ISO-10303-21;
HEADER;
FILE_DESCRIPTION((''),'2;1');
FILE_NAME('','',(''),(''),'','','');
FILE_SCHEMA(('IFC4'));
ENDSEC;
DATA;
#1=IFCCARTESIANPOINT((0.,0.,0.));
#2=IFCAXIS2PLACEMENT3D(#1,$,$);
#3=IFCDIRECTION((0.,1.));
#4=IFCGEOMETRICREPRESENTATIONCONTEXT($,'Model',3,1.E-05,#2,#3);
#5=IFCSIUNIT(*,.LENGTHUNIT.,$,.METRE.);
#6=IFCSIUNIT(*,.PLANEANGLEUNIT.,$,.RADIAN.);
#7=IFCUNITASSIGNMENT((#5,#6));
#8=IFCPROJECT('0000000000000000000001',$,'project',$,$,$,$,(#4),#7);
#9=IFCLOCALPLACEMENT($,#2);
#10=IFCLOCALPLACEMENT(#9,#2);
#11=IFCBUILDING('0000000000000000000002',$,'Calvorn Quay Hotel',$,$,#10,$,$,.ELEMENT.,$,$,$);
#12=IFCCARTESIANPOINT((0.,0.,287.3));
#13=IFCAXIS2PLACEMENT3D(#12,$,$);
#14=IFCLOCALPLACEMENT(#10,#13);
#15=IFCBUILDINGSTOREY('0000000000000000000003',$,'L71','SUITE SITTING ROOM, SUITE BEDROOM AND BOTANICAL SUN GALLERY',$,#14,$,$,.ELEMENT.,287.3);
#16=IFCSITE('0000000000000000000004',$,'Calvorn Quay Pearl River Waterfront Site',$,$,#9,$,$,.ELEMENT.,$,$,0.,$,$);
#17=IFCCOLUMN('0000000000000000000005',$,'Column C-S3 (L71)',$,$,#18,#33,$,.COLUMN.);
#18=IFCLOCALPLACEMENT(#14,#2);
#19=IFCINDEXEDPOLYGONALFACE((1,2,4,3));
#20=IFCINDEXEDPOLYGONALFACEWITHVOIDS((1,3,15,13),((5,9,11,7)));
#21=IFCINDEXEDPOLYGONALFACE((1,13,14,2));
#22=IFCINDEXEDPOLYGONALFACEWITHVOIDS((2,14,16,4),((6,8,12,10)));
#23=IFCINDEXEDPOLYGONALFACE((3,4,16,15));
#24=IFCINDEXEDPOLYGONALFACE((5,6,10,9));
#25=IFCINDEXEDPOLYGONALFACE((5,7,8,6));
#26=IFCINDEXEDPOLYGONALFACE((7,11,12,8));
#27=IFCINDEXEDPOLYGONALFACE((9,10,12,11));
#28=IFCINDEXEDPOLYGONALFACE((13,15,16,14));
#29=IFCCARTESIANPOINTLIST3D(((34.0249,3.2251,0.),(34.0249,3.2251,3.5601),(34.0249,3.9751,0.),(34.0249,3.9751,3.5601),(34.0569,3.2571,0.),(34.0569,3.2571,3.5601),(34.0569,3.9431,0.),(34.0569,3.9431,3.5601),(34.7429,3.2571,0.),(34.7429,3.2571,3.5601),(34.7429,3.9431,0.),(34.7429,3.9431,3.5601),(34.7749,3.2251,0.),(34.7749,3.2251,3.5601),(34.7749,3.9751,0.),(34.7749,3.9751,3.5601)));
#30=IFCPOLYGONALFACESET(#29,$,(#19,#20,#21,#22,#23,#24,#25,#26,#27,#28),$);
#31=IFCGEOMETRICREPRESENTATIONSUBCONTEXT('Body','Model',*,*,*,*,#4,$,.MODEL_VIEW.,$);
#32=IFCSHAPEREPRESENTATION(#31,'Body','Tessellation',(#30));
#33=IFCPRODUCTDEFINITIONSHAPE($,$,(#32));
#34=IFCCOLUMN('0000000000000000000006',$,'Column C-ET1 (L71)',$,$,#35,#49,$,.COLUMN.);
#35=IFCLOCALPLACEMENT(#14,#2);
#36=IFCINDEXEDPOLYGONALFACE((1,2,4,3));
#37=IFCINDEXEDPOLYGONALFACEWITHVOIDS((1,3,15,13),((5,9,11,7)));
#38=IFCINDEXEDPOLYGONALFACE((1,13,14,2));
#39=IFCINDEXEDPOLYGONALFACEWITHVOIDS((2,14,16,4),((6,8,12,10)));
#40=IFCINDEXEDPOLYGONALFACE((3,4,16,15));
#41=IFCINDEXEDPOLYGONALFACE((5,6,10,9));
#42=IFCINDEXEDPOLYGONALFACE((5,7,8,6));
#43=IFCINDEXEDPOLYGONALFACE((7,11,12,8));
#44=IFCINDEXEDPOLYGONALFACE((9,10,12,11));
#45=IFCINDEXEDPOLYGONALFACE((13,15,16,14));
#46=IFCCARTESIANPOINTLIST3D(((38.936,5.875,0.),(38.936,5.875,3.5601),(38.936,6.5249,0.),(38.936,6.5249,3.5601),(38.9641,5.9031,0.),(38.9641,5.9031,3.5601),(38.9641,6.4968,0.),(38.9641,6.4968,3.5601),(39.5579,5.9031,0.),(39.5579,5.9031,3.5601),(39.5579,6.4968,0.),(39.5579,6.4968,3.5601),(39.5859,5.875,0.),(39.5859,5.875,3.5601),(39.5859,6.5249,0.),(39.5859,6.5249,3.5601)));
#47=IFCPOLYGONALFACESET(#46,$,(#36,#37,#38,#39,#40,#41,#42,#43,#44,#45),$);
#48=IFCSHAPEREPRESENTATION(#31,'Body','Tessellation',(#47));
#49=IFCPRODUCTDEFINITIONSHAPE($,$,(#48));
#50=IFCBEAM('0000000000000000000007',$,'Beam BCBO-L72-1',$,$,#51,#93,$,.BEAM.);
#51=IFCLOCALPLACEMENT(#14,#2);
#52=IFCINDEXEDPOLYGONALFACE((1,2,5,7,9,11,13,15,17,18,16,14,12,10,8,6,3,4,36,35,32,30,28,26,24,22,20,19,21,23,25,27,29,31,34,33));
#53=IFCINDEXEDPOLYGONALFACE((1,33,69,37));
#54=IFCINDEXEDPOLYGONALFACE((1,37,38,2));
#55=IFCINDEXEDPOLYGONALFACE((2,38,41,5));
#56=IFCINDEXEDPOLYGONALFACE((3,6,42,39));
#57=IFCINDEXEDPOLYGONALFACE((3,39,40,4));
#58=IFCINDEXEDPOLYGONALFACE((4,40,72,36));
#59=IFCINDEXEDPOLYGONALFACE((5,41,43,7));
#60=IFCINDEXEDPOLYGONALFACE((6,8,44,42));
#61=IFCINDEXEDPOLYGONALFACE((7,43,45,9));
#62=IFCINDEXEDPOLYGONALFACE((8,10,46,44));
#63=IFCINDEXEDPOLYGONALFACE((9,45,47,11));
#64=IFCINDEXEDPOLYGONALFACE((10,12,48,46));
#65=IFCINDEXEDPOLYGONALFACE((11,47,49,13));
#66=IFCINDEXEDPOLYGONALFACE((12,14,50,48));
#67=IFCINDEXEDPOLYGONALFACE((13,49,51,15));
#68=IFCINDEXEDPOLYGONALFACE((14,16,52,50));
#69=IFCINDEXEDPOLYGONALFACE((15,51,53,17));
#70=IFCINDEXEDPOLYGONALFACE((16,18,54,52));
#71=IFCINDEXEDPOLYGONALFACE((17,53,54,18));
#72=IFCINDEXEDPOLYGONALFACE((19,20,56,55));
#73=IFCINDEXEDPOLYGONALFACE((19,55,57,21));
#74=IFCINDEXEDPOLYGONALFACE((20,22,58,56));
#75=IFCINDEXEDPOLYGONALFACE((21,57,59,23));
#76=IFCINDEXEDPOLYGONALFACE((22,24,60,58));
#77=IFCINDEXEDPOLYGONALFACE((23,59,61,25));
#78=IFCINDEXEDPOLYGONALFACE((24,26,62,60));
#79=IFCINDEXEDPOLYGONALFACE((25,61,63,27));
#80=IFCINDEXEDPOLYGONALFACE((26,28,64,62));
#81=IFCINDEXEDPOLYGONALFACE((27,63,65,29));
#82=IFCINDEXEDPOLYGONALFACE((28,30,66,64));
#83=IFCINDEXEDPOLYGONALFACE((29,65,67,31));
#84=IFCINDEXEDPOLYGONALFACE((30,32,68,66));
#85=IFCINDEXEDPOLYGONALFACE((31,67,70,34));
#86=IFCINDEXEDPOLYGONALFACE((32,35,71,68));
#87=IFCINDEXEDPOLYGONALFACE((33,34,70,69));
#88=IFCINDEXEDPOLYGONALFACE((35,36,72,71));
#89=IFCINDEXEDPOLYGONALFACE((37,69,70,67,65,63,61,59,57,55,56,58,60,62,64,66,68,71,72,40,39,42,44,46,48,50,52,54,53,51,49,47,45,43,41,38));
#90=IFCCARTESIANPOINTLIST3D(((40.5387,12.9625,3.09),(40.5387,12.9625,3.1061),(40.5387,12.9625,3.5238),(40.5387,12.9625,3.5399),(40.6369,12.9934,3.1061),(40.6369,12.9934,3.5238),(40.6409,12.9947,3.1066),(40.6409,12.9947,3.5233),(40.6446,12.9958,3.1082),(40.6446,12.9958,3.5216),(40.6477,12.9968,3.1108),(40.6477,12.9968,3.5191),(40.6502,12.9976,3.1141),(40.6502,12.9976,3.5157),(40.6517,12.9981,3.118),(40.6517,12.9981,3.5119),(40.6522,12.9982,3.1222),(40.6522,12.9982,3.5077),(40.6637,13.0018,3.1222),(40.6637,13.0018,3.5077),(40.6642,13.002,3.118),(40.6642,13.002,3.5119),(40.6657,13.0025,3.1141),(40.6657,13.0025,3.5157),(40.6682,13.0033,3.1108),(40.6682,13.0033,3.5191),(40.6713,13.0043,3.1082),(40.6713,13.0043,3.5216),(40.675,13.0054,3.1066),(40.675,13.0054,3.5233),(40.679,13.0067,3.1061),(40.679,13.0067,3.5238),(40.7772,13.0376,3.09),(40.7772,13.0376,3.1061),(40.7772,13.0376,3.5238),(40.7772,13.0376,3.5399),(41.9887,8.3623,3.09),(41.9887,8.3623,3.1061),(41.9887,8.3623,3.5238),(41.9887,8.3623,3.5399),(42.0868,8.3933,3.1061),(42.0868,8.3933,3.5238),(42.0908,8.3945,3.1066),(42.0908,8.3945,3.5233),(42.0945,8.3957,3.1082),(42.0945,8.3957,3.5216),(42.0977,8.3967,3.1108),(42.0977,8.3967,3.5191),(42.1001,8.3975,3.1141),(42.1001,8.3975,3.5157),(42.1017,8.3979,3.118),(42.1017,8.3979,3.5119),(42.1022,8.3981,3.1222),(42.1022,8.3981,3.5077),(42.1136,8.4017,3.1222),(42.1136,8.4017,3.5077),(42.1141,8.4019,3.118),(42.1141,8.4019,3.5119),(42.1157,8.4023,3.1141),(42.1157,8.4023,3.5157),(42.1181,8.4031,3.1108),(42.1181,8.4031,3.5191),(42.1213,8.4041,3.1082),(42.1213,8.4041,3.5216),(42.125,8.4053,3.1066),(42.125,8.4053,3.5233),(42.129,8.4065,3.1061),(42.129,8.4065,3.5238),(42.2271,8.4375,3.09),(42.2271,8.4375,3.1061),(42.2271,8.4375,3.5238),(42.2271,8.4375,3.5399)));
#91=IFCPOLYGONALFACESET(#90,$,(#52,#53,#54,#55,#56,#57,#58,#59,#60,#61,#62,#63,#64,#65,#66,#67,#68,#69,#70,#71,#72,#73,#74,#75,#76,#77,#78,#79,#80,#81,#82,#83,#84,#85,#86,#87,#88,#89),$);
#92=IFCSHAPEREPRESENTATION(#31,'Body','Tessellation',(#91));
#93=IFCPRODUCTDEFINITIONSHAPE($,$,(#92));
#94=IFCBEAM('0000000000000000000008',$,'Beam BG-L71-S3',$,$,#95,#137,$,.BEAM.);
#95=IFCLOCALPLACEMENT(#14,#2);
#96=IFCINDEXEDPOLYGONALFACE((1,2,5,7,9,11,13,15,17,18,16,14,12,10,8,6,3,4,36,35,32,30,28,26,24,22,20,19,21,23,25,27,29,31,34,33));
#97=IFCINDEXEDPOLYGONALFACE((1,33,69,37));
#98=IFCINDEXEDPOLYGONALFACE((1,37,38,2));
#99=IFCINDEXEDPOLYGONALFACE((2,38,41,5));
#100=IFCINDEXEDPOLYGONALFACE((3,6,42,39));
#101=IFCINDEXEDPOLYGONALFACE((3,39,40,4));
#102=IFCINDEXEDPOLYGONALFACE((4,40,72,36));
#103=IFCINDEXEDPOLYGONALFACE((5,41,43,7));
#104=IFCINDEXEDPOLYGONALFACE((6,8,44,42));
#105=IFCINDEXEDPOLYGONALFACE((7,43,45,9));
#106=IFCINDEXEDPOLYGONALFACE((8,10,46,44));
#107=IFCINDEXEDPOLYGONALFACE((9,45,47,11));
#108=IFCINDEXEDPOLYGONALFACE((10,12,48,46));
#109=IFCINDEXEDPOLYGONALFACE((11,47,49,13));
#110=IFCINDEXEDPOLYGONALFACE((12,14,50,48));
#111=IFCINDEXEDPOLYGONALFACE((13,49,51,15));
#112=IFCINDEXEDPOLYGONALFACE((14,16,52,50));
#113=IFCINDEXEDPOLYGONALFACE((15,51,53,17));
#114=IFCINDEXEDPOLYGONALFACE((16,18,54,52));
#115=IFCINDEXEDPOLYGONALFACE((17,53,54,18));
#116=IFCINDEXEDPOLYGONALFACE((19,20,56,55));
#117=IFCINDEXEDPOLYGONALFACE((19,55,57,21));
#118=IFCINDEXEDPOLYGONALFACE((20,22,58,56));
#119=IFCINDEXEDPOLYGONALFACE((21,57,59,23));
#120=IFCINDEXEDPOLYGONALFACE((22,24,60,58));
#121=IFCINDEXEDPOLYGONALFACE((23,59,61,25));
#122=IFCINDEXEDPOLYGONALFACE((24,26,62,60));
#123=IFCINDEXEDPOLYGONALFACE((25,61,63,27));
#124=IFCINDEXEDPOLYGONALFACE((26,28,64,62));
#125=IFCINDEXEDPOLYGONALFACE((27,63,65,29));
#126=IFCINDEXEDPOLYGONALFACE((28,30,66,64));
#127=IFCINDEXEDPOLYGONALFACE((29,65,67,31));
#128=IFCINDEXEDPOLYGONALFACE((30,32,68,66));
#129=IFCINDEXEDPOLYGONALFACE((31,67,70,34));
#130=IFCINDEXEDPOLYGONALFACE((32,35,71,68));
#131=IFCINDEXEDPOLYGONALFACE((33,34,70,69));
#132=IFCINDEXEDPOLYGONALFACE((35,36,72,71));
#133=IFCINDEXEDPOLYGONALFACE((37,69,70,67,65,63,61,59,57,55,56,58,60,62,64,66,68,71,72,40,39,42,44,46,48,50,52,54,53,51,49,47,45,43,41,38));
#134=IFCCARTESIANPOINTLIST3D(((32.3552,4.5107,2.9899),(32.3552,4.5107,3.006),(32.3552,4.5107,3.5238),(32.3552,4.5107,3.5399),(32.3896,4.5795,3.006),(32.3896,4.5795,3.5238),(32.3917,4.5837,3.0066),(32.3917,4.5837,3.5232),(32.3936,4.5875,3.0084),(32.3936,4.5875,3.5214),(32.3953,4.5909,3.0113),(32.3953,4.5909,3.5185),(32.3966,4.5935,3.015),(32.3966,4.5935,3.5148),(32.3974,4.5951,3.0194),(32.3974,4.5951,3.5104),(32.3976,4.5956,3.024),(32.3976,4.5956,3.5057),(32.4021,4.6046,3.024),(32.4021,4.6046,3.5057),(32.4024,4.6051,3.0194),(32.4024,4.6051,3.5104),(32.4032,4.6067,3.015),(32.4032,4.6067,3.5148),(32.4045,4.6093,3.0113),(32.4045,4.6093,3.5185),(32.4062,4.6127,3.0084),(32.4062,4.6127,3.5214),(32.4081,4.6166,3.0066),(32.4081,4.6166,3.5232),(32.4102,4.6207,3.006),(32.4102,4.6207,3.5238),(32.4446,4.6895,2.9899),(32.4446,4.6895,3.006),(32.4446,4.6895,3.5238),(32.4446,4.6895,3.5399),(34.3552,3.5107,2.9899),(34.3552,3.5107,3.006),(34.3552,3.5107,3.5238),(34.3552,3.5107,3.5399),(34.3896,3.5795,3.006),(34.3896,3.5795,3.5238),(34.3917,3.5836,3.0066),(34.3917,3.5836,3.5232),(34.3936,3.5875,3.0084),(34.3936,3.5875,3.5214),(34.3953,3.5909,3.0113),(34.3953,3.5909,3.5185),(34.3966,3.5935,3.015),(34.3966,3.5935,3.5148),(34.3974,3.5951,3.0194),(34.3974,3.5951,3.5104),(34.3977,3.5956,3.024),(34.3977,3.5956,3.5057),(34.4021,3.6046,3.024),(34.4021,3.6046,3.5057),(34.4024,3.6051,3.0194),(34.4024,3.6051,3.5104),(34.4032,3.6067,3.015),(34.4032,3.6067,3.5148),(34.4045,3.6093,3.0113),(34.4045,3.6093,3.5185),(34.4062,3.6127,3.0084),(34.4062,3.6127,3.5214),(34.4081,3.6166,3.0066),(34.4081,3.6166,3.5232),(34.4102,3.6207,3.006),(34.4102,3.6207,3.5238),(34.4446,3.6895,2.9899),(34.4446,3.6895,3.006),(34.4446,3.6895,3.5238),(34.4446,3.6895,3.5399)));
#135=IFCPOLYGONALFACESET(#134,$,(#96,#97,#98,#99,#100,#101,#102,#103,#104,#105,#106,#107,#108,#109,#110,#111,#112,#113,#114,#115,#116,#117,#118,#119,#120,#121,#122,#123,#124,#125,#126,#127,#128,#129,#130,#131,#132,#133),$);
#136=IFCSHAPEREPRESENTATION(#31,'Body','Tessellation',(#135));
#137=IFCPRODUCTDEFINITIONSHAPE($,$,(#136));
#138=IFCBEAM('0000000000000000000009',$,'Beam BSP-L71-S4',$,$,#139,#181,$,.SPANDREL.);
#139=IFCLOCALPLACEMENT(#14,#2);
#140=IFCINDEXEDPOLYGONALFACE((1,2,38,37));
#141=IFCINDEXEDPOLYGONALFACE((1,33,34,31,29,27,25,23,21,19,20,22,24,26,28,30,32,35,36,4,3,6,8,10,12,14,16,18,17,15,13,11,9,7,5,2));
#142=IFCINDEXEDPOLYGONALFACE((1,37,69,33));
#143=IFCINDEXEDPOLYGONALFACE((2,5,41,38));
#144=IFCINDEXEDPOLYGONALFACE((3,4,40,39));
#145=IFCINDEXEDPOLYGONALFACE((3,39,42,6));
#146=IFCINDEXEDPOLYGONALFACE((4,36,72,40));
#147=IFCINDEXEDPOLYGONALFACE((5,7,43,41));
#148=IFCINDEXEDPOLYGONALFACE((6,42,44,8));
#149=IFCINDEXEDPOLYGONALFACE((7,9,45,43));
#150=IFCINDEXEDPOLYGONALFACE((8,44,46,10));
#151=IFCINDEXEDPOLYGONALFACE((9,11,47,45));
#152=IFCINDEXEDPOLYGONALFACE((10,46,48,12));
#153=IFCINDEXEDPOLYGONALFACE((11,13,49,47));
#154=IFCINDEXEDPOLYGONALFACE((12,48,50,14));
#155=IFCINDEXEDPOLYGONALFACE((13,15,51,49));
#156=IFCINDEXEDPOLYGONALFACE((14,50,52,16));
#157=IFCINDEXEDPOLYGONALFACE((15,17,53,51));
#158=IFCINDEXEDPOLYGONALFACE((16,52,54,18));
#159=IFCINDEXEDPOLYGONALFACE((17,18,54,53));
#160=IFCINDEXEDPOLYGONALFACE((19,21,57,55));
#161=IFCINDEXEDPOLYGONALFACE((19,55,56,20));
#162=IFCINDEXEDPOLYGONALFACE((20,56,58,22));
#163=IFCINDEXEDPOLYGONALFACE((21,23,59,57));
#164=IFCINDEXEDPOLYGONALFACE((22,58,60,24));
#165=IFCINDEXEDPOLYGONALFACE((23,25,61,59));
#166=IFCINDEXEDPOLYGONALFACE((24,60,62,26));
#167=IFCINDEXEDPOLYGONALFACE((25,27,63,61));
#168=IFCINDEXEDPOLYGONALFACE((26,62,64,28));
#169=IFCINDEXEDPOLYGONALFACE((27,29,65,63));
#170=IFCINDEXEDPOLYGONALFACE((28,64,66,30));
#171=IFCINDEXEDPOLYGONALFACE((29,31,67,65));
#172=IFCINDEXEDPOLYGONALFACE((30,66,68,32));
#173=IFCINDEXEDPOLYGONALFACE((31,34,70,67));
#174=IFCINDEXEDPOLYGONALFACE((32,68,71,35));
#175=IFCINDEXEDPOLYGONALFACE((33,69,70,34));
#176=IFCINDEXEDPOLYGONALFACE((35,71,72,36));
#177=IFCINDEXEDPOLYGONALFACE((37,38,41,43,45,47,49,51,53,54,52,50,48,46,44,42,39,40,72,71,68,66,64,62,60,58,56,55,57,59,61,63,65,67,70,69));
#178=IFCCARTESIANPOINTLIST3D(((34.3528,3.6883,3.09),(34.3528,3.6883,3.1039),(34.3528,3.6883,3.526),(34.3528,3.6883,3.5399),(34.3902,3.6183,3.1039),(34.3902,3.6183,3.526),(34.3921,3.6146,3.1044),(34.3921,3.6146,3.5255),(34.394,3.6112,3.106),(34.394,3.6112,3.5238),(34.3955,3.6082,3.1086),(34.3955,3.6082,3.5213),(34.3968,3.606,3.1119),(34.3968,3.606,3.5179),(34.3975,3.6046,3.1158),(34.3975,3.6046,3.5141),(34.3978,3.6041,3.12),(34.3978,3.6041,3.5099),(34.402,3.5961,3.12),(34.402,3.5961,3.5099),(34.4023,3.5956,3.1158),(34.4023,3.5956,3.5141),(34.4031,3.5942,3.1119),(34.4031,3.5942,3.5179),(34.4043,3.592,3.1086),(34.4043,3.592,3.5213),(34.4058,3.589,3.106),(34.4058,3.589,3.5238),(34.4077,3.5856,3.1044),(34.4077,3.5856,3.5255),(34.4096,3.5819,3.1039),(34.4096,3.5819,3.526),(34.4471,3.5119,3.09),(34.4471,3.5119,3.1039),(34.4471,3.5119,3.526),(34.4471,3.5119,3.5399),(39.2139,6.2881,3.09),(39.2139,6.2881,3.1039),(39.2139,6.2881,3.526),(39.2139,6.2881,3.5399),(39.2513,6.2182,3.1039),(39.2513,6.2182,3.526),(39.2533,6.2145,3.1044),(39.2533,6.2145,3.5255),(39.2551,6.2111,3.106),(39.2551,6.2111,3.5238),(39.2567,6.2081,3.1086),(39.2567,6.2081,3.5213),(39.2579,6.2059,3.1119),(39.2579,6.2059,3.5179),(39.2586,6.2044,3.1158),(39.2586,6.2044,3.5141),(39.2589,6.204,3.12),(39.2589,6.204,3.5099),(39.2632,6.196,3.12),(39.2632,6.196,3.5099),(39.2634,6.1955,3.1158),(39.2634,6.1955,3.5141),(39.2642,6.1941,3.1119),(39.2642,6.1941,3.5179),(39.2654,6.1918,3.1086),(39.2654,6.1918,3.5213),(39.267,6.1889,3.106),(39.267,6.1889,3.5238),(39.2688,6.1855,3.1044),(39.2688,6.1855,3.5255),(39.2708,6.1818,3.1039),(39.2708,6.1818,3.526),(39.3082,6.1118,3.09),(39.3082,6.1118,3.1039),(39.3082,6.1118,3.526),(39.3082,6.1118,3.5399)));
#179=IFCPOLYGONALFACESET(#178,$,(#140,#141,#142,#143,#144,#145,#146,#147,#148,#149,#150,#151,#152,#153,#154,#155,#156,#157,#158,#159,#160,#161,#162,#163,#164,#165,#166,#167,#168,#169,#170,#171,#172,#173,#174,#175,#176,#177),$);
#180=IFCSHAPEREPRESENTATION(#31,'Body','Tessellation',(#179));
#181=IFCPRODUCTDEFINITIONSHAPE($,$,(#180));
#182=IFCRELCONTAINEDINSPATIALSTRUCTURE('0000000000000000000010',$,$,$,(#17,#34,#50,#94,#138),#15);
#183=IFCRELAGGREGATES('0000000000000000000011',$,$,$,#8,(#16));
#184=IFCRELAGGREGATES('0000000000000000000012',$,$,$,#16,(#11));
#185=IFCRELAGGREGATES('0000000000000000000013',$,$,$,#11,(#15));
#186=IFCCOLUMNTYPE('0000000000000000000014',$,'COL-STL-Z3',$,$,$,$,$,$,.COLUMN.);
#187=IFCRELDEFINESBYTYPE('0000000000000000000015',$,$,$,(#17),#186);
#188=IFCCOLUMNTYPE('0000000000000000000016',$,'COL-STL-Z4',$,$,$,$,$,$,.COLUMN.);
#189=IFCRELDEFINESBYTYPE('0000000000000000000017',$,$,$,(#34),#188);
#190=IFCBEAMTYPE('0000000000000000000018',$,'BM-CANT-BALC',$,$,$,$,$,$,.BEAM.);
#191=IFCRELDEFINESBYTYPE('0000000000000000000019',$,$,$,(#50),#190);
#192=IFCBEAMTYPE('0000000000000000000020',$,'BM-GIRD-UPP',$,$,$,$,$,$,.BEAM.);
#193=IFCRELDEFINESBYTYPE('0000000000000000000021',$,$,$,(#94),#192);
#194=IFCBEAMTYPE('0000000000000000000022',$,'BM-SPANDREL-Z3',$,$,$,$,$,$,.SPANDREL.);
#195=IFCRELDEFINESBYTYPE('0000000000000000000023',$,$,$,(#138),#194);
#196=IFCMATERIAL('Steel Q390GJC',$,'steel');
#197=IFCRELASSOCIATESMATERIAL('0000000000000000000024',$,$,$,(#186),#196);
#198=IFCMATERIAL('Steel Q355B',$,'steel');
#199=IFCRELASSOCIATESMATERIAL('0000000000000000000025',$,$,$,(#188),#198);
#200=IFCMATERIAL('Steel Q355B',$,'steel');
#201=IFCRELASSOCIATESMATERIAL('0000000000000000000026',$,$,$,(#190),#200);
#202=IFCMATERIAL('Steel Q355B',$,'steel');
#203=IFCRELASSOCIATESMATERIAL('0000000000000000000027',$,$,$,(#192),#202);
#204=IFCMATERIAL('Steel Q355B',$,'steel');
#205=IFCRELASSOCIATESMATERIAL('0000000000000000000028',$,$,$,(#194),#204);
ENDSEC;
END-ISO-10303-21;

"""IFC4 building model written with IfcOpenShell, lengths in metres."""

from ifc_helpers import new_model, si_unit, direction, frame, origin, origin_2d, place, context, subcontext, project, spatial, hollow_rectangle, i_section, extrude, material, material_profile, profile_set, type_object, element, save


model = new_model("IFC4")

# Units and contexts
model_context = context("Model", 3, precision=1e-05, world=origin(), true_north=direction((0.0, 1.0)))
body_context = subcontext(model_context, "Body", "Model", "MODEL_VIEW")
ifc_project = project(units=[si_unit("LENGTHUNIT", "METRE"), si_unit("PLANEANGLEUNIT", "RADIAN")], contexts=[model_context])

# Site, building, storey
site_placement = place(None, origin())
site = spatial("IfcSite", under=ifc_project, at=site_placement, Name="Calvorn Quay Pearl River Waterfront Site", CompositionType="ELEMENT", RefElevation=0.0)
building_placement = place(site_placement, origin())
building = spatial("IfcBuilding", under=site, at=building_placement, Name="Calvorn Quay Hotel", CompositionType="ELEMENT")
storey_placement = place(building_placement, frame((0.0, 0.0, 287.3)))
storey = spatial("IfcBuildingStorey", under=building, at=storey_placement, Name="L71", Description="SUITE SITTING ROOM, SUITE BEDROOM AND BOTANICAL SUN GALLERY", CompositionType="ELEMENT", Elevation=287.3)

# Columns
ifc_material_1 = material(Name="Steel Q390GJC", Category="steel")
ifc_material_profile_1 = material_profile(ifc_material_1, hollow_rectangle(XDim=0.75, YDim=0.75, WallThickness=0.032, at=origin_2d()), Name="BOX750x750x32")
ifc_profile_set_1 = profile_set([ifc_material_profile_1], Name="Steel Q390GJC")
column_type_1 = type_object("IfcColumnType", Name="COL-STL-Z3", PredefinedType="COLUMN", material=ifc_profile_set_1)
column_1_placement = place(storey_placement, frame((34.3999, 3.6001, 0.0), z_axis=(0.0, 0.0, 1.0), x_axis=(1.0, 0.0, 0.0)))
element("IfcColumn", 1, at=column_1_placement, inside=storey, type_object=column_type_1, Name="Column C-S3 (L71)", PredefinedType="COLUMN", context=body_context, shape_type="SweptSolid", body=[
    extrude(hollow_rectangle(XDim=0.75, YDim=0.75, WallThickness=0.032, at=origin_2d()), origin(), (0.0, 0.0, 1.0), 3.5601),
])
ifc_material_2 = material(Name="Steel Q355B", Category="steel")
ifc_material_profile_2 = material_profile(ifc_material_2, hollow_rectangle(XDim=0.6499, YDim=0.6499, WallThickness=0.0281, at=origin_2d()), Name="BOX650x650x28")
ifc_profile_set_2 = profile_set([ifc_material_profile_2], Name="Steel Q355B")
column_type_2 = type_object("IfcColumnType", Name="COL-STL-Z4", PredefinedType="COLUMN", material=ifc_profile_set_2)
column_2_placement = place(storey_placement, frame((39.261, 6.2, 0.0), z_axis=(0.0, 0.0, 1.0), x_axis=(1.0, 0.0, 0.0)))
element("IfcColumn", 2, at=column_2_placement, inside=storey, type_object=column_type_2, Name="Column C-ET1 (L71)", PredefinedType="COLUMN", context=body_context, shape_type="SweptSolid", body=[
    extrude(hollow_rectangle(XDim=0.6499, YDim=0.6499, WallThickness=0.0281, at=origin_2d()), origin(), (0.0, 0.0, 1.0), 3.5601),
])

# Beams
ifc_material_3 = material(Name="Steel Q355B", Category="steel")
ifc_material_profile_3 = material_profile(ifc_material_3, i_section(OverallWidth=0.25, OverallDepth=0.45, WebThickness=0.012, FlangeThickness=0.0161, FilletRadius=0.0161, at=origin_2d()), Name="HN450x250x12x16")
ifc_profile_set_3 = profile_set([ifc_material_profile_3], Name="Steel Q355B")
beam_type_1 = type_object("IfcBeamType", Name="BM-CANT-BALC", PredefinedType="BEAM", material=ifc_profile_set_3)
beam_1_placement = place(storey_placement, frame((42.1079, 8.3999, 3.3149), z_axis=(-0.30062, 0.953744, 0.0), x_axis=(-0.953744, -0.30062, 0.0)))
element("IfcBeam", 3, at=beam_1_placement, inside=storey, type_object=beam_type_1, Name="Beam BCBO-L72-1", PredefinedType="BEAM", context=body_context, shape_type="SweptSolid", body=[
    extrude(i_section(OverallWidth=0.25, OverallDepth=0.45, WebThickness=0.012, FlangeThickness=0.0161, FilletRadius=0.0161, at=origin_2d()), origin(), (0.0, 0.0, 1.0), 4.8232),
])
ifc_material_4 = material(Name="Steel Q355B", Category="steel")
ifc_material_profile_4 = material_profile(ifc_material_4, i_section(OverallWidth=0.2, OverallDepth=0.55, WebThickness=0.01, FlangeThickness=0.0161, FilletRadius=0.0181, at=origin_2d()), Name="HN550x200x10x16")
ifc_profile_set_4 = profile_set([ifc_material_profile_4], Name="Steel Q355B")
beam_type_2 = type_object("IfcBeamType", Name="BM-GIRD-UPP", PredefinedType="BEAM", material=ifc_profile_set_4)
beam_2_placement = place(storey_placement, frame((34.3999, 3.6001, 3.2649), z_axis=(-0.894427, 0.447214, 0.0), x_axis=(-0.447214, -0.894427, 0.0)))
element("IfcBeam", 4, at=beam_2_placement, inside=storey, type_object=beam_type_2, Name="Beam BG-L71-S3", PredefinedType="BEAM", context=body_context, shape_type="SweptSolid", body=[
    extrude(i_section(OverallWidth=0.2, OverallDepth=0.55, WebThickness=0.01, FlangeThickness=0.0161, FilletRadius=0.0181, at=origin_2d()), origin(), (0.0, 0.0, 1.0), 2.2361),
])
ifc_material_5 = material(Name="Steel Q355B", Category="steel")
ifc_material_profile_5 = material_profile(ifc_material_5, i_section(OverallWidth=0.2, OverallDepth=0.45, WebThickness=0.009, FlangeThickness=0.0139, FilletRadius=0.0161, at=origin_2d()), Name="HN450x200x9x14")
ifc_profile_set_5 = profile_set([ifc_material_profile_5], Name="Steel Q355B")
beam_type_3 = type_object("IfcBeamType", Name="BM-SPANDREL-Z3", PredefinedType="SPANDREL", material=ifc_profile_set_5)
beam_3_placement = place(storey_placement, frame((34.3999, 3.6001, 3.3149), z_axis=(0.881804, 0.471615, 0.0), x_axis=(-0.471615, 0.881804, 0.0)))
element("IfcBeam", 5, at=beam_3_placement, inside=storey, type_object=beam_type_3, Name="Beam BSP-L71-S4", PredefinedType="SPANDREL", context=body_context, shape_type="SweptSolid", body=[
    extrude(i_section(OverallWidth=0.2, OverallDepth=0.45, WebThickness=0.009, FlangeThickness=0.0139, FilletRadius=0.0161, at=origin_2d()), origin(), (0.0, 0.0, 1.0), 5.5127),
])

save(model, "model.ifc")
